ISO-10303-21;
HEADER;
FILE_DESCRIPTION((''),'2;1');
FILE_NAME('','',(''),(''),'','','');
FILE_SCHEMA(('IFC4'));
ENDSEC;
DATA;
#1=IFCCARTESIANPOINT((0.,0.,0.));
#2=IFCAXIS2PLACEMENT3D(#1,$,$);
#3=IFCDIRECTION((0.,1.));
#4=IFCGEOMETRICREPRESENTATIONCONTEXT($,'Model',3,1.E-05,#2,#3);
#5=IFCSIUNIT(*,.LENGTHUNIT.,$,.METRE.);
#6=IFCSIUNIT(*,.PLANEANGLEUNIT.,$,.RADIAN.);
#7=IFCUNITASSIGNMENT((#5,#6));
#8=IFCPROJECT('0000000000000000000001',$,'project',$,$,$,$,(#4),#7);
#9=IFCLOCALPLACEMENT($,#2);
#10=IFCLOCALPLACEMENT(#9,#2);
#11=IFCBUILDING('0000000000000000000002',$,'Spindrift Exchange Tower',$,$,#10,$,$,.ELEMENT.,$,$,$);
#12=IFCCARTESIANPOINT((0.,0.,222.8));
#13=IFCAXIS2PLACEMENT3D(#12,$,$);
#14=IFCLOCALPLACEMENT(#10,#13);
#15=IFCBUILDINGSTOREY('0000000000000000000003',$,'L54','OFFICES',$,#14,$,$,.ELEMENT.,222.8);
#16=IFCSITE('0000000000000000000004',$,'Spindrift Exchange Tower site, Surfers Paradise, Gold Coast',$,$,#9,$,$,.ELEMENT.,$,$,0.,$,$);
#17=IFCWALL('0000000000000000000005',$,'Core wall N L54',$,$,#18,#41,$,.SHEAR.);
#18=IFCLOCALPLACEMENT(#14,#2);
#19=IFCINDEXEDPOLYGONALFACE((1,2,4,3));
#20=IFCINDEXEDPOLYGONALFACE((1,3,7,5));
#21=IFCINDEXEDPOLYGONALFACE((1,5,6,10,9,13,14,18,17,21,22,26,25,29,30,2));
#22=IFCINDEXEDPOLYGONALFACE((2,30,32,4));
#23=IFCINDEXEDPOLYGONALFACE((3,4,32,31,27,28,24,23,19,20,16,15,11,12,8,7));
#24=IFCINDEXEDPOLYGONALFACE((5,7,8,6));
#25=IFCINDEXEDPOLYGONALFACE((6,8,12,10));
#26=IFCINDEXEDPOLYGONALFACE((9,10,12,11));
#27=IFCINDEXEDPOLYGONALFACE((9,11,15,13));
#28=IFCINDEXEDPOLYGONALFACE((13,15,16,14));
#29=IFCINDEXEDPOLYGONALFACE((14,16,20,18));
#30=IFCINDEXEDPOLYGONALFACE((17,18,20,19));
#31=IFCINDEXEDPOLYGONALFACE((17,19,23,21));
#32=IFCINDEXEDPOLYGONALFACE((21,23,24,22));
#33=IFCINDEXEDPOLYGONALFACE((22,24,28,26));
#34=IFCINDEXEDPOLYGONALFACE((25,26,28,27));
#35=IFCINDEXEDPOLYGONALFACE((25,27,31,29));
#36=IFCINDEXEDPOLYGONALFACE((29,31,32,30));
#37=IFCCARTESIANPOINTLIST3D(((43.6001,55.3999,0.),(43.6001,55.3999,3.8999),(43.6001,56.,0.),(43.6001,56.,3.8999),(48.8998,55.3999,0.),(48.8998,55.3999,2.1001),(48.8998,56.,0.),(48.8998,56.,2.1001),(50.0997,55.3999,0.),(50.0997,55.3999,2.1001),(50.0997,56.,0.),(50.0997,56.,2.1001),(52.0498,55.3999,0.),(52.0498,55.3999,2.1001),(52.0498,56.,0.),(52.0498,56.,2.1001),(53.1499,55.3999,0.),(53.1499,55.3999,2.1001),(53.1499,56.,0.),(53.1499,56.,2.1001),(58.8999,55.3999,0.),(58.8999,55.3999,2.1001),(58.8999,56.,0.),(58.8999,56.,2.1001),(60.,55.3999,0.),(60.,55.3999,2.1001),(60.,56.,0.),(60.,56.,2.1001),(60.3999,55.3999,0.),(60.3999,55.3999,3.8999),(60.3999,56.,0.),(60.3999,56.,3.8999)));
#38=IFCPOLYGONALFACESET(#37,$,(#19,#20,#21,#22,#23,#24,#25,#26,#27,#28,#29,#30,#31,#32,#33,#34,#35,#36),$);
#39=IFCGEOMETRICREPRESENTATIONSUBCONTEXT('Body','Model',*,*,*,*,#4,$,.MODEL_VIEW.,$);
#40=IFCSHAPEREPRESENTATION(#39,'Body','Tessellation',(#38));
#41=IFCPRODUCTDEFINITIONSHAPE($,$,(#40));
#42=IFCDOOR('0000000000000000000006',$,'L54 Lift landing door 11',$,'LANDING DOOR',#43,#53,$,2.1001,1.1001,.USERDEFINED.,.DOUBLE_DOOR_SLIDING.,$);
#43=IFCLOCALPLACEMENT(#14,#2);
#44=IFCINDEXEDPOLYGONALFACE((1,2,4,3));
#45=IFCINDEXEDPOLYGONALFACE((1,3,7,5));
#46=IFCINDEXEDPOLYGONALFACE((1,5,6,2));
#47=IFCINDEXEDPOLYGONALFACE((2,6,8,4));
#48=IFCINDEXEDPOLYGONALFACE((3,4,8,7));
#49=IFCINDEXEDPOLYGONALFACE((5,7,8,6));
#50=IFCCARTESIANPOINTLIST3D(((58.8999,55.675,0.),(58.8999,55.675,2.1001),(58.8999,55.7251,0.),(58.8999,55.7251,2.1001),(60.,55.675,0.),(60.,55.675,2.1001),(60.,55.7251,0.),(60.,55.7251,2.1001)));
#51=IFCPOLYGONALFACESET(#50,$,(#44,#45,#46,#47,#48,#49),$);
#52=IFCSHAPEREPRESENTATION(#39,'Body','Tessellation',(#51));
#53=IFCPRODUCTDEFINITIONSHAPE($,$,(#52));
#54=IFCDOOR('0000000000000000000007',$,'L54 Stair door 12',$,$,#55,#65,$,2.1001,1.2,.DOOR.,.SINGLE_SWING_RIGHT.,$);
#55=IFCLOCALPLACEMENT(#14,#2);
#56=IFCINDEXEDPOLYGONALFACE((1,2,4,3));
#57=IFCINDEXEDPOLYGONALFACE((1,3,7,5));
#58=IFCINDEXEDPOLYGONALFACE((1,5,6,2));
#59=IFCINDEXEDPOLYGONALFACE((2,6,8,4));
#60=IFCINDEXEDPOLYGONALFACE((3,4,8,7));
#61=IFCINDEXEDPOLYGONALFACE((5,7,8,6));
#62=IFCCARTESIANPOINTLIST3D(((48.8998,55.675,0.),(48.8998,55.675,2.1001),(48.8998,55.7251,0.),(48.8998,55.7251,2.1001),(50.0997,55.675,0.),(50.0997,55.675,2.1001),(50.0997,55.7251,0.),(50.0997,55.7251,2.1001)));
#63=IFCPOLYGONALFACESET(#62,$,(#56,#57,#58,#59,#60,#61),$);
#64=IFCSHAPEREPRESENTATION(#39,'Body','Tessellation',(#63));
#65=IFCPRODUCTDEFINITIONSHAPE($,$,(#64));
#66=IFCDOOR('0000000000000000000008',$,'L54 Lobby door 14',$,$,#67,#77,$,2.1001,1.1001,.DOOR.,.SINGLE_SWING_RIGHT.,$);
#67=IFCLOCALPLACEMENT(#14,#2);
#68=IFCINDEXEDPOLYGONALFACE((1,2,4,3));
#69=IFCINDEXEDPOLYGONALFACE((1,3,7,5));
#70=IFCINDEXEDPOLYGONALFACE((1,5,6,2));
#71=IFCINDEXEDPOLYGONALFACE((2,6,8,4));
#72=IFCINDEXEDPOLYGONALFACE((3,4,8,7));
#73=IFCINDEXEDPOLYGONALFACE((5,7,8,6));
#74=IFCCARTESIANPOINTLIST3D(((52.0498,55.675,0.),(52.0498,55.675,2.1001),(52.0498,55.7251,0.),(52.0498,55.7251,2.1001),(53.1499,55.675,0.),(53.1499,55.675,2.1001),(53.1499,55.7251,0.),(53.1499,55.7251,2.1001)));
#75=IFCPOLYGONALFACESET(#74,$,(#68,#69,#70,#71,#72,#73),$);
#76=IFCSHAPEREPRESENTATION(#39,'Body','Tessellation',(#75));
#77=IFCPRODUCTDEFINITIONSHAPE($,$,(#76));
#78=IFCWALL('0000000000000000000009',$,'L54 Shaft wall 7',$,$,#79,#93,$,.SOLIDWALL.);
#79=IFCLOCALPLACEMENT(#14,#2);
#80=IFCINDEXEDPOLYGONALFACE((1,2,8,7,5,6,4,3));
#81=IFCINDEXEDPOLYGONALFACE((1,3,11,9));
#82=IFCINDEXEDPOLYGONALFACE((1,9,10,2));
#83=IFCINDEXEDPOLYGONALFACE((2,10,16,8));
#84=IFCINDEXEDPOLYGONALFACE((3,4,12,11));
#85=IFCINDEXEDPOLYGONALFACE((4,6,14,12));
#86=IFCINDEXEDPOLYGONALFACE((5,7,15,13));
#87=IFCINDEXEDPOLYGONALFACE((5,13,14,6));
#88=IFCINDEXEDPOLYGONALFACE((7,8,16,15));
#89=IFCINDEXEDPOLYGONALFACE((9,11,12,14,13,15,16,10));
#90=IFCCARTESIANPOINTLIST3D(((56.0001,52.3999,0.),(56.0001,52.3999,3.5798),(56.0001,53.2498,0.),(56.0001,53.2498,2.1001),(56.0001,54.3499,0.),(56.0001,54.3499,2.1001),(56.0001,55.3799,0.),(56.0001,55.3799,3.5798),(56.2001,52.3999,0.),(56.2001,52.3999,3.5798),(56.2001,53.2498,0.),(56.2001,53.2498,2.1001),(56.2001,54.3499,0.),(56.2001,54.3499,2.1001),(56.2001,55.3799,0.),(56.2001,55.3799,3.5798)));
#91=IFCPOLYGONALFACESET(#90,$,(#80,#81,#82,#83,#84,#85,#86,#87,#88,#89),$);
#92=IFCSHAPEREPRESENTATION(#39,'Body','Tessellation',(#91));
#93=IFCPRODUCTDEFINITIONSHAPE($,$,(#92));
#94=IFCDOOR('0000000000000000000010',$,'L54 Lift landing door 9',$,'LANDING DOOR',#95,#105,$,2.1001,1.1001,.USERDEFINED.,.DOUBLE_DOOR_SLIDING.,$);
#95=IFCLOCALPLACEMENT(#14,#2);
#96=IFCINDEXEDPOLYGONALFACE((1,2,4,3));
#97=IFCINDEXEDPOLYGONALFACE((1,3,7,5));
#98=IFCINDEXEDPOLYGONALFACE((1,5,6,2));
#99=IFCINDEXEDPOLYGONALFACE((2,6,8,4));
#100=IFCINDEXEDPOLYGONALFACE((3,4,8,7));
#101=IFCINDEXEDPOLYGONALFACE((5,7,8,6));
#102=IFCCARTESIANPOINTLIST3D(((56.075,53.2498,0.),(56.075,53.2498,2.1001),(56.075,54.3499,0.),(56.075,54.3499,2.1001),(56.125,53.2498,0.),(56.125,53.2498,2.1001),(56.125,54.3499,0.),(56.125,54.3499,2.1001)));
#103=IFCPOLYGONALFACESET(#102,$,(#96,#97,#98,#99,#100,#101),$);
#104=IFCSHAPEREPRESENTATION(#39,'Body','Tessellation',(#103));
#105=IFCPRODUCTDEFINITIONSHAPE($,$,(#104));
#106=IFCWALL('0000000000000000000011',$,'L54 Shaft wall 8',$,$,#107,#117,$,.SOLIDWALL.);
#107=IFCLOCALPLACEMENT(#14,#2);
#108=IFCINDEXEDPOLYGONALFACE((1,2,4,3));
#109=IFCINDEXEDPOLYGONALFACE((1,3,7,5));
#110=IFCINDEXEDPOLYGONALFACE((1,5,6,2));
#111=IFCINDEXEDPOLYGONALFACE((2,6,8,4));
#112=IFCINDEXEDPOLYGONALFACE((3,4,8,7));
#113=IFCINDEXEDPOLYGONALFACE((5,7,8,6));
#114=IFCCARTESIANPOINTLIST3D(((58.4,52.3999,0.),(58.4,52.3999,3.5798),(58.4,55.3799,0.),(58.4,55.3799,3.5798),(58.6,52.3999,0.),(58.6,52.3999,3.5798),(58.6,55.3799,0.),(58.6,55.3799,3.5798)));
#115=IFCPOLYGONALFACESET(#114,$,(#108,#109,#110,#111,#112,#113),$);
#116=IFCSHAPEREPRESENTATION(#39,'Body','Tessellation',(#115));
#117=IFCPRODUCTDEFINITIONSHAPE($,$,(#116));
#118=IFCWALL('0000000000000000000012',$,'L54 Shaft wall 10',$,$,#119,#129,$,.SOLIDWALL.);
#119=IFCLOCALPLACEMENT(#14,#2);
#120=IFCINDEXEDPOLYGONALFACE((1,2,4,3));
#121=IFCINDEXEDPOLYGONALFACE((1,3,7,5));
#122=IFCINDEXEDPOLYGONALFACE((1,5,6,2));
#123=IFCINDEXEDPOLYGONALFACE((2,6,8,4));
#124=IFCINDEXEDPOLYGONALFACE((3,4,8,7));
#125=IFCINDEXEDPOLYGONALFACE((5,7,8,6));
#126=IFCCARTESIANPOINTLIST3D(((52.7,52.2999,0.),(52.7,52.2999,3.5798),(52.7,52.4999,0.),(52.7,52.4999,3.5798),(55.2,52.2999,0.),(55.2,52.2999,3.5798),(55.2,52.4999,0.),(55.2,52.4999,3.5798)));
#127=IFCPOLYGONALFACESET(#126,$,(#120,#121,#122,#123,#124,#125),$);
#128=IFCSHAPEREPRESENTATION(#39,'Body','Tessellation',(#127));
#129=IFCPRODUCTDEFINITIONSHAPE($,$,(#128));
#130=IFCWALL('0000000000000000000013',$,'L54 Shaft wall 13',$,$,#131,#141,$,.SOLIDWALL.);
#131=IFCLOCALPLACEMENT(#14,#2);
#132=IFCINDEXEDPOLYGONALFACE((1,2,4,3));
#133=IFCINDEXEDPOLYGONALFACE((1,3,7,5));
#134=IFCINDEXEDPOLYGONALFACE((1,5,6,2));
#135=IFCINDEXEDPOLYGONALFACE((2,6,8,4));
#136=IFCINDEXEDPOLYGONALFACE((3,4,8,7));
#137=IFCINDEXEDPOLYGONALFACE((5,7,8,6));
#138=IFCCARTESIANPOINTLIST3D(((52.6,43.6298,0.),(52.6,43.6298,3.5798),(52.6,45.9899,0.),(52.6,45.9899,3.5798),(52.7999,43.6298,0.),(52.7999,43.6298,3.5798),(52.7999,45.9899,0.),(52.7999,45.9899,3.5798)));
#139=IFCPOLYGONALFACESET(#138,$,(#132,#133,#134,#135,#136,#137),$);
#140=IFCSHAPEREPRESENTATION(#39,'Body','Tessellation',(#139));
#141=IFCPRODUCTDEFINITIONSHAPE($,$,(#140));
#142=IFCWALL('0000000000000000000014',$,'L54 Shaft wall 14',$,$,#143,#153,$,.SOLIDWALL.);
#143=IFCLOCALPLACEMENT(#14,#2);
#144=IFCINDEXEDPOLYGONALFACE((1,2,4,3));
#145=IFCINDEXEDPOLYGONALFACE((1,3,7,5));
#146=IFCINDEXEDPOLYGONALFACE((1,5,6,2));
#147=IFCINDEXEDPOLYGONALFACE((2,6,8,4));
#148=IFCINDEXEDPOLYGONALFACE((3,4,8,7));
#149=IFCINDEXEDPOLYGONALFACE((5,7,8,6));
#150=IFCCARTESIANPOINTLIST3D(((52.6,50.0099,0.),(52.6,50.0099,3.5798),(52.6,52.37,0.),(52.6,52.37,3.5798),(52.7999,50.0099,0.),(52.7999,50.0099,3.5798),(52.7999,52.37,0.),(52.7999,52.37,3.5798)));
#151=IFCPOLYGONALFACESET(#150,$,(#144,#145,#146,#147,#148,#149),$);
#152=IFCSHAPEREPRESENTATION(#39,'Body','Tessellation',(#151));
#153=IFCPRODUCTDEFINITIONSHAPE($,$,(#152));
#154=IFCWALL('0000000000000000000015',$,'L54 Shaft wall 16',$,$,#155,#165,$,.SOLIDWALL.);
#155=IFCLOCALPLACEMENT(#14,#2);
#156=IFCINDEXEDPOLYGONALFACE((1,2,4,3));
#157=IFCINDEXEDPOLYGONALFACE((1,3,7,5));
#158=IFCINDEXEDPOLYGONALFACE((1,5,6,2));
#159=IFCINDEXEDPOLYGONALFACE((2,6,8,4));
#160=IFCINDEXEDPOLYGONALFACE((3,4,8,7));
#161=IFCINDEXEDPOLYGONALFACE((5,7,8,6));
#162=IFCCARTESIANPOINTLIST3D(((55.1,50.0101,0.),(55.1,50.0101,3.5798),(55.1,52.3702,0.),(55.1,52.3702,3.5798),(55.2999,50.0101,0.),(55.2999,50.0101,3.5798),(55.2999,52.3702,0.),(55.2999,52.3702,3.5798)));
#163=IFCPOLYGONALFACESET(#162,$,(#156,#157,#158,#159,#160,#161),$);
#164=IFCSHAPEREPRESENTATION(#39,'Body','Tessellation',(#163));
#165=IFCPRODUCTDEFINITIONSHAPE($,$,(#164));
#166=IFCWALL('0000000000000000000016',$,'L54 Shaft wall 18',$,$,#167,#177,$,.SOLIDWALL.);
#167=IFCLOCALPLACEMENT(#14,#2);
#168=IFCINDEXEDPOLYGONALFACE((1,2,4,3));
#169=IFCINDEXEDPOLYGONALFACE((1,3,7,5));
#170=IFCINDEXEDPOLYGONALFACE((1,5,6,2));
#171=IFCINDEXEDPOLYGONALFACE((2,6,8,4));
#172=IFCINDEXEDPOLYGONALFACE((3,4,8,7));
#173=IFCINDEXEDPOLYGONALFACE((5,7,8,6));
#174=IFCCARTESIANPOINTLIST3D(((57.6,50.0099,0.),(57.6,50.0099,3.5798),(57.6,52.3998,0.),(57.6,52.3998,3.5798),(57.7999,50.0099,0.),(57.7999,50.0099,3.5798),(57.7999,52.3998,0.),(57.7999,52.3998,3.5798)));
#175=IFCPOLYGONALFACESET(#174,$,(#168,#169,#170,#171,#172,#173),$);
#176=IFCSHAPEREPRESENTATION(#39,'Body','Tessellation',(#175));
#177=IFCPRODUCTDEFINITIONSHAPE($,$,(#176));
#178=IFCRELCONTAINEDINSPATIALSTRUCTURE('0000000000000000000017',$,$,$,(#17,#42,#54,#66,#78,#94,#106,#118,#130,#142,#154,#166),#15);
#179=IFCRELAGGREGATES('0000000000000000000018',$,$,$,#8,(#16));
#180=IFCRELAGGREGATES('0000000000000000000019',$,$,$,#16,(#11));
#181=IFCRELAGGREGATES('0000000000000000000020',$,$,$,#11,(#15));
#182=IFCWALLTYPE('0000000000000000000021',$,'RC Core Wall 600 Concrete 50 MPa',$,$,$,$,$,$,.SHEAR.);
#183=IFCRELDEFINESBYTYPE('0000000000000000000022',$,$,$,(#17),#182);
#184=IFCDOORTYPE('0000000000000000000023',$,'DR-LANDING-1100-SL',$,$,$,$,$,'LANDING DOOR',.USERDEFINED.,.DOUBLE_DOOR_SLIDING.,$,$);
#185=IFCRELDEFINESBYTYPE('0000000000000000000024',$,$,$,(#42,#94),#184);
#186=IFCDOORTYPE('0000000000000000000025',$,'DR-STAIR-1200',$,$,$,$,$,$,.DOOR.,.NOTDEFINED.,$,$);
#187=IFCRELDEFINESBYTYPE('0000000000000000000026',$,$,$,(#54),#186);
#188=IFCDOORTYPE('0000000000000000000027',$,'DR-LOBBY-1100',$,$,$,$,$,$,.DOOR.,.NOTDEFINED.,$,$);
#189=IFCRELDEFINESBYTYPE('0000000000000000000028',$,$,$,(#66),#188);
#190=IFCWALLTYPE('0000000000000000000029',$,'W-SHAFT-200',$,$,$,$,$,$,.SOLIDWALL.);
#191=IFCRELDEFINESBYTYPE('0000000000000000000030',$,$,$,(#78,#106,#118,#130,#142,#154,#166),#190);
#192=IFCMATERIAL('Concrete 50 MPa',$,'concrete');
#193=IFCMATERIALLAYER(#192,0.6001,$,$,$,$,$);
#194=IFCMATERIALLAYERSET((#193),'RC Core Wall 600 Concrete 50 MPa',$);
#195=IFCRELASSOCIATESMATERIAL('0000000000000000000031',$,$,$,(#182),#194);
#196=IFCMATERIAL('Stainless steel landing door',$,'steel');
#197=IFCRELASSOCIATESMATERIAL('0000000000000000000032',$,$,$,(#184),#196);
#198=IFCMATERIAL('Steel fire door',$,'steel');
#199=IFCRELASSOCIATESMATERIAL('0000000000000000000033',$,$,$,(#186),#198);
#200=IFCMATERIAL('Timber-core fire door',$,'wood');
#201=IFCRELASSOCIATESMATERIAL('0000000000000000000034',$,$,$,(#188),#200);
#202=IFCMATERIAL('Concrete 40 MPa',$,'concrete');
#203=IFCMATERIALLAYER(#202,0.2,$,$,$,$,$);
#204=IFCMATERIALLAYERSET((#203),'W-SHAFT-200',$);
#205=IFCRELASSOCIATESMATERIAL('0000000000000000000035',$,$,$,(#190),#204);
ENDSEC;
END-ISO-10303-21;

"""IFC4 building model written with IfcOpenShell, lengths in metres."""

from ifc_helpers import new_model, si_unit, direction, frame, frame_2d, origin, place, context, subcontext, project, spatial, rectangle, extrude, source, transform, mapped, material, layer, layer_set, type_object, element, fill, save


model = new_model("IFC4")

# Units and contexts
model_context = context("Model", 3, precision=1e-05, world=origin(), true_north=direction((0.0, 1.0)))
body_context = subcontext(model_context, "Body", "Model", "MODEL_VIEW")
ifc_project = project(units=[si_unit("LENGTHUNIT", "METRE"), si_unit("PLANEANGLEUNIT", "RADIAN")], contexts=[model_context])

# Site, building, storey
site_placement = place(None, origin())
site = spatial("IfcSite", under=ifc_project, at=site_placement, Name="Spindrift Exchange Tower site, Surfers Paradise, Gold Coast", CompositionType="ELEMENT", RefElevation=0.0)
building_placement = place(site_placement, origin())
building = spatial("IfcBuilding", under=site, at=building_placement, Name="Spindrift Exchange Tower", CompositionType="ELEMENT")
storey_placement = place(building_placement, frame((0.0, 0.0, 222.8)))
storey = spatial("IfcBuildingStorey", under=building, at=storey_placement, Name="L54", Description="OFFICES", CompositionType="ELEMENT", Elevation=222.8)

# Wall, openings, doors
ifc_material_1 = material(Name="Concrete 50 MPa", Category="concrete")
ifc_layer_1 = layer(ifc_material_1, 0.6001)
ifc_layer_set_1 = layer_set([ifc_layer_1], Name="RC Core Wall 600 Concrete 50 MPa")
wall_type_1 = type_object("IfcWallType", Name="RC Core Wall 600 Concrete 50 MPa", PredefinedType="SHEAR", material=ifc_layer_set_1)
wall_1_placement = place(storey_placement, frame((60.3999, 55.7, 0.0), z_axis=(0.0, 0.0, 1.0), x_axis=(-1.0, 0.0, 0.0)))
wall_1 = element("IfcWall", 1, at=wall_1_placement, inside=storey, type_object=wall_type_1, Name="Core wall N L54", PredefinedType="SHEAR", context=body_context, shape_type="SweptSolid", body=[
    extrude(rectangle(XDim=16.7998, YDim=0.6001, at=frame_2d((8.3999, 0.0))), origin(), (0.0, 0.0, 1.0), 3.8999),
])
opening_1_placement = place(wall_1_placement, frame((0.3999, 0.0, 0.0)))
opening_1 = element("IfcOpeningElement", 2, at=opening_1_placement, cuts=wall_1, PredefinedType="OPENING", context=body_context, shape_type="SweptSolid", body=[
    extrude(rectangle(XDim=1.1001, YDim=2.1001, at=frame_2d((0.55, 1.05))), frame((0.0, 0.3101, 0.0), z_axis=(0.0, -1.0, 0.0), x_axis=(1.0, 0.0, 0.0)), (0.0, 0.0, 1.0), 0.6201),
])
opening_2_placement = place(wall_1_placement, frame((10.3, 0.0, 0.0)))
opening_2 = element("IfcOpeningElement", 3, at=opening_2_placement, cuts=wall_1, PredefinedType="OPENING", context=body_context, shape_type="SweptSolid", body=[
    extrude(rectangle(XDim=1.2, YDim=2.1001, at=frame_2d((0.6001, 1.05))), frame((0.0, 0.3101, 0.0), z_axis=(0.0, -1.0, 0.0), x_axis=(1.0, 0.0, 0.0)), (0.0, 0.0, 1.0), 0.6201),
])
opening_3_placement = place(wall_1_placement, frame((7.25, 0.0, 0.0)))
opening_3 = element("IfcOpeningElement", 4, at=opening_3_placement, cuts=wall_1, PredefinedType="OPENING", context=body_context, shape_type="SweptSolid", body=[
    extrude(rectangle(XDim=1.1001, YDim=2.1001, at=frame_2d((0.55, 1.05))), frame((0.0, 0.3101, 0.0), z_axis=(0.0, -1.0, 0.0), x_axis=(1.0, 0.0, 0.0)), (0.0, 0.0, 1.0), 0.6201),
])
ifc_material_2 = material(Name="Stainless steel landing door", Category="steel")
door_type_1 = type_object("IfcDoorType", Name="DR-LANDING-1100-SL", ElementType="LANDING DOOR", OperationType="DOUBLE_DOOR_SLIDING", PredefinedType="USERDEFINED", material=ifc_material_2)
shared_shape_1 = source(origin(), body_context, "Body", "SweptSolid", [
    extrude(rectangle(XDim=1.1001, YDim=2.1001, at=frame_2d((0.55, 1.05))), frame((0.0, 0.0249, 0.0), z_axis=(0.0, -1.0, 0.0), x_axis=(1.0, 0.0, 0.0)), (0.0, 0.0, 1.0), 0.05),
])
door_1_placement = place(opening_1_placement, origin())
door_1 = element("IfcDoor", 5, at=door_1_placement, inside=storey, type_object=door_type_1, Name="L54 Lift landing door 11", ObjectType="LANDING DOOR", OperationType="DOUBLE_DOOR_SLIDING", OverallHeight=2.1001, OverallWidth=1.1001, PredefinedType="USERDEFINED", context=body_context, shape_type="MappedRepresentation", body=[
    mapped(shared_shape_1, transform((0.0, 0.0, 0.0), scale=1.0)),
])
fill(opening_1, door_1)
ifc_material_3 = material(Name="Steel fire door", Category="steel")
door_type_2 = type_object("IfcDoorType", Name="DR-STAIR-1200", OperationType="NOTDEFINED", PredefinedType="DOOR", material=ifc_material_3)
shared_shape_2 = source(origin(), body_context, "Body", "SweptSolid", [
    extrude(rectangle(XDim=1.2, YDim=2.1001, at=frame_2d((0.6001, 1.05))), frame((0.0, 0.0249, 0.0), z_axis=(0.0, -1.0, 0.0), x_axis=(1.0, 0.0, 0.0)), (0.0, 0.0, 1.0), 0.05),
])
door_2_placement = place(opening_2_placement, origin())
door_2 = element("IfcDoor", 6, at=door_2_placement, inside=storey, type_object=door_type_2, Name="L54 Stair door 12", OperationType="SINGLE_SWING_RIGHT", OverallHeight=2.1001, OverallWidth=1.2, PredefinedType="DOOR", context=body_context, shape_type="MappedRepresentation", body=[
    mapped(shared_shape_2, transform((0.0, 0.0, 0.0), scale=1.0)),
])
fill(opening_2, door_2)
ifc_material_4 = material(Name="Timber-core fire door", Category="wood")
door_type_3 = type_object("IfcDoorType", Name="DR-LOBBY-1100", OperationType="NOTDEFINED", PredefinedType="DOOR", material=ifc_material_4)
shared_shape_3 = source(origin(), body_context, "Body", "SweptSolid", [
    extrude(rectangle(XDim=1.1001, YDim=2.1001, at=frame_2d((0.55, 1.05))), frame((0.0, 0.0249, 0.0), z_axis=(0.0, -1.0, 0.0), x_axis=(1.0, 0.0, 0.0)), (0.0, 0.0, 1.0), 0.05),
])
door_3_placement = place(opening_3_placement, origin())
door_3 = element("IfcDoor", 7, at=door_3_placement, inside=storey, type_object=door_type_3, Name="L54 Lobby door 14", OperationType="SINGLE_SWING_RIGHT", OverallHeight=2.1001, OverallWidth=1.1001, PredefinedType="DOOR", context=body_context, shape_type="MappedRepresentation", body=[
    mapped(shared_shape_3, transform((0.0, 0.0, 0.0), scale=1.0)),
])
fill(opening_3, door_3)

# Wall, opening, door
ifc_material_5 = material(Name="Concrete 40 MPa", Category="concrete")
ifc_layer_2 = layer(ifc_material_5, 0.2)
ifc_layer_set_2 = layer_set([ifc_layer_2], Name="W-SHAFT-200")
wall_type_2 = type_object("IfcWallType", Name="W-SHAFT-200", PredefinedType="SOLIDWALL", material=ifc_layer_set_2)
wall_2_placement = place(storey_placement, frame((56.1001, 55.3799, 0.0), z_axis=(0.0, 0.0, 1.0), x_axis=(0.0, -1.0, 0.0)))
wall_2 = element("IfcWall", 8, at=wall_2_placement, inside=storey, type_object=wall_type_2, Name="L54 Shaft wall 7", PredefinedType="SOLIDWALL", context=body_context, shape_type="SweptSolid", body=[
    extrude(rectangle(XDim=2.98, YDim=0.2, at=frame_2d((1.49, 0.0))), origin(), (0.0, 0.0, 1.0), 3.5798),
])
opening_4_placement = place(wall_2_placement, frame((1.03, 0.0, 0.0)))
opening_4 = element("IfcOpeningElement", 9, at=opening_4_placement, cuts=wall_2, PredefinedType="OPENING", context=body_context, shape_type="SweptSolid", body=[
    extrude(rectangle(XDim=1.1001, YDim=2.1001, at=frame_2d((0.55, 1.05))), frame((0.0, 0.1099, 0.0), z_axis=(0.0, -1.0, 0.0), x_axis=(1.0, 0.0, 0.0)), (0.0, 0.0, 1.0), 0.22),
])
door_4_placement = place(opening_4_placement, origin())
door_4 = element("IfcDoor", 10, at=door_4_placement, inside=storey, type_object=door_type_1, Name="L54 Lift landing door 9", ObjectType="LANDING DOOR", OperationType="DOUBLE_DOOR_SLIDING", OverallHeight=2.1001, OverallWidth=1.1001, PredefinedType="USERDEFINED", context=body_context, shape_type="MappedRepresentation", body=[
    mapped(shared_shape_1, transform((0.0, 0.0, 0.0), scale=1.0)),
])
fill(opening_4, door_4)

# Walls
wall_3_placement = place(storey_placement, frame((58.5, 52.3999, 0.0), z_axis=(0.0, 0.0, 1.0), x_axis=(0.0, 1.0, 0.0)))
element("IfcWall", 11, at=wall_3_placement, inside=storey, type_object=wall_type_2, Name="L54 Shaft wall 8", PredefinedType="SOLIDWALL", context=body_context, shape_type="SweptSolid", body=[
    extrude(rectangle(XDim=2.98, YDim=0.2, at=frame_2d((1.49, 0.0))), origin(), (0.0, 0.0, 1.0), 3.5798),
])
wall_4_placement = place(storey_placement, frame((55.2, 52.3999, 0.0), z_axis=(0.0, 0.0, 1.0), x_axis=(-1.0, 0.0, 0.0)))
element("IfcWall", 12, at=wall_4_placement, inside=storey, type_object=wall_type_2, Name="L54 Shaft wall 10", PredefinedType="SOLIDWALL", context=body_context, shape_type="SweptSolid", body=[
    extrude(rectangle(XDim=2.5, YDim=0.2, at=frame_2d((1.25, 0.0))), origin(), (0.0, 0.0, 1.0), 3.5798),
])
for number, where, z_axis, x_axis, name in (
    (13, (52.7, 45.99, 0.0), (0.0, 0.0, 1.0), (0.0, -1.0, 0.0), "L54 Shaft wall 13"),
    (14, (52.7, 52.3701, 0.0), (0.0, 0.0, 1.0), (0.0, -1.0, 0.0), "L54 Shaft wall 14"),
    (15, (55.2, 50.01, 0.0), (0.0, 0.0, 1.0), (0.0, 1.0, 0.0), "L54 Shaft wall 16"),
):
    element("IfcWall", number, at=place(storey_placement, frame(where, z_axis=z_axis, x_axis=x_axis)), inside=storey, type_object=wall_type_2, Name=name, PredefinedType="SOLIDWALL", context=body_context, shape_type="SweptSolid", body=[
        extrude(rectangle(XDim=2.3601, YDim=0.2, at=frame_2d((1.1802, 0.0))), origin(), (0.0, 0.0, 1.0), 3.5798),
    ])
wall_5_placement = place(storey_placement, frame((57.7, 50.01, 0.0), z_axis=(0.0, 0.0, 1.0), x_axis=(0.0, 1.0, 0.0)))
element("IfcWall", 16, at=wall_5_placement, inside=storey, type_object=wall_type_2, Name="L54 Shaft wall 18", PredefinedType="SOLIDWALL", context=body_context, shape_type="SweptSolid", body=[
    extrude(rectangle(XDim=2.3899, YDim=0.2, at=frame_2d((1.1948, 0.0))), origin(), (0.0, 0.0, 1.0), 3.5798),
])

save(model, "model.ifc")
